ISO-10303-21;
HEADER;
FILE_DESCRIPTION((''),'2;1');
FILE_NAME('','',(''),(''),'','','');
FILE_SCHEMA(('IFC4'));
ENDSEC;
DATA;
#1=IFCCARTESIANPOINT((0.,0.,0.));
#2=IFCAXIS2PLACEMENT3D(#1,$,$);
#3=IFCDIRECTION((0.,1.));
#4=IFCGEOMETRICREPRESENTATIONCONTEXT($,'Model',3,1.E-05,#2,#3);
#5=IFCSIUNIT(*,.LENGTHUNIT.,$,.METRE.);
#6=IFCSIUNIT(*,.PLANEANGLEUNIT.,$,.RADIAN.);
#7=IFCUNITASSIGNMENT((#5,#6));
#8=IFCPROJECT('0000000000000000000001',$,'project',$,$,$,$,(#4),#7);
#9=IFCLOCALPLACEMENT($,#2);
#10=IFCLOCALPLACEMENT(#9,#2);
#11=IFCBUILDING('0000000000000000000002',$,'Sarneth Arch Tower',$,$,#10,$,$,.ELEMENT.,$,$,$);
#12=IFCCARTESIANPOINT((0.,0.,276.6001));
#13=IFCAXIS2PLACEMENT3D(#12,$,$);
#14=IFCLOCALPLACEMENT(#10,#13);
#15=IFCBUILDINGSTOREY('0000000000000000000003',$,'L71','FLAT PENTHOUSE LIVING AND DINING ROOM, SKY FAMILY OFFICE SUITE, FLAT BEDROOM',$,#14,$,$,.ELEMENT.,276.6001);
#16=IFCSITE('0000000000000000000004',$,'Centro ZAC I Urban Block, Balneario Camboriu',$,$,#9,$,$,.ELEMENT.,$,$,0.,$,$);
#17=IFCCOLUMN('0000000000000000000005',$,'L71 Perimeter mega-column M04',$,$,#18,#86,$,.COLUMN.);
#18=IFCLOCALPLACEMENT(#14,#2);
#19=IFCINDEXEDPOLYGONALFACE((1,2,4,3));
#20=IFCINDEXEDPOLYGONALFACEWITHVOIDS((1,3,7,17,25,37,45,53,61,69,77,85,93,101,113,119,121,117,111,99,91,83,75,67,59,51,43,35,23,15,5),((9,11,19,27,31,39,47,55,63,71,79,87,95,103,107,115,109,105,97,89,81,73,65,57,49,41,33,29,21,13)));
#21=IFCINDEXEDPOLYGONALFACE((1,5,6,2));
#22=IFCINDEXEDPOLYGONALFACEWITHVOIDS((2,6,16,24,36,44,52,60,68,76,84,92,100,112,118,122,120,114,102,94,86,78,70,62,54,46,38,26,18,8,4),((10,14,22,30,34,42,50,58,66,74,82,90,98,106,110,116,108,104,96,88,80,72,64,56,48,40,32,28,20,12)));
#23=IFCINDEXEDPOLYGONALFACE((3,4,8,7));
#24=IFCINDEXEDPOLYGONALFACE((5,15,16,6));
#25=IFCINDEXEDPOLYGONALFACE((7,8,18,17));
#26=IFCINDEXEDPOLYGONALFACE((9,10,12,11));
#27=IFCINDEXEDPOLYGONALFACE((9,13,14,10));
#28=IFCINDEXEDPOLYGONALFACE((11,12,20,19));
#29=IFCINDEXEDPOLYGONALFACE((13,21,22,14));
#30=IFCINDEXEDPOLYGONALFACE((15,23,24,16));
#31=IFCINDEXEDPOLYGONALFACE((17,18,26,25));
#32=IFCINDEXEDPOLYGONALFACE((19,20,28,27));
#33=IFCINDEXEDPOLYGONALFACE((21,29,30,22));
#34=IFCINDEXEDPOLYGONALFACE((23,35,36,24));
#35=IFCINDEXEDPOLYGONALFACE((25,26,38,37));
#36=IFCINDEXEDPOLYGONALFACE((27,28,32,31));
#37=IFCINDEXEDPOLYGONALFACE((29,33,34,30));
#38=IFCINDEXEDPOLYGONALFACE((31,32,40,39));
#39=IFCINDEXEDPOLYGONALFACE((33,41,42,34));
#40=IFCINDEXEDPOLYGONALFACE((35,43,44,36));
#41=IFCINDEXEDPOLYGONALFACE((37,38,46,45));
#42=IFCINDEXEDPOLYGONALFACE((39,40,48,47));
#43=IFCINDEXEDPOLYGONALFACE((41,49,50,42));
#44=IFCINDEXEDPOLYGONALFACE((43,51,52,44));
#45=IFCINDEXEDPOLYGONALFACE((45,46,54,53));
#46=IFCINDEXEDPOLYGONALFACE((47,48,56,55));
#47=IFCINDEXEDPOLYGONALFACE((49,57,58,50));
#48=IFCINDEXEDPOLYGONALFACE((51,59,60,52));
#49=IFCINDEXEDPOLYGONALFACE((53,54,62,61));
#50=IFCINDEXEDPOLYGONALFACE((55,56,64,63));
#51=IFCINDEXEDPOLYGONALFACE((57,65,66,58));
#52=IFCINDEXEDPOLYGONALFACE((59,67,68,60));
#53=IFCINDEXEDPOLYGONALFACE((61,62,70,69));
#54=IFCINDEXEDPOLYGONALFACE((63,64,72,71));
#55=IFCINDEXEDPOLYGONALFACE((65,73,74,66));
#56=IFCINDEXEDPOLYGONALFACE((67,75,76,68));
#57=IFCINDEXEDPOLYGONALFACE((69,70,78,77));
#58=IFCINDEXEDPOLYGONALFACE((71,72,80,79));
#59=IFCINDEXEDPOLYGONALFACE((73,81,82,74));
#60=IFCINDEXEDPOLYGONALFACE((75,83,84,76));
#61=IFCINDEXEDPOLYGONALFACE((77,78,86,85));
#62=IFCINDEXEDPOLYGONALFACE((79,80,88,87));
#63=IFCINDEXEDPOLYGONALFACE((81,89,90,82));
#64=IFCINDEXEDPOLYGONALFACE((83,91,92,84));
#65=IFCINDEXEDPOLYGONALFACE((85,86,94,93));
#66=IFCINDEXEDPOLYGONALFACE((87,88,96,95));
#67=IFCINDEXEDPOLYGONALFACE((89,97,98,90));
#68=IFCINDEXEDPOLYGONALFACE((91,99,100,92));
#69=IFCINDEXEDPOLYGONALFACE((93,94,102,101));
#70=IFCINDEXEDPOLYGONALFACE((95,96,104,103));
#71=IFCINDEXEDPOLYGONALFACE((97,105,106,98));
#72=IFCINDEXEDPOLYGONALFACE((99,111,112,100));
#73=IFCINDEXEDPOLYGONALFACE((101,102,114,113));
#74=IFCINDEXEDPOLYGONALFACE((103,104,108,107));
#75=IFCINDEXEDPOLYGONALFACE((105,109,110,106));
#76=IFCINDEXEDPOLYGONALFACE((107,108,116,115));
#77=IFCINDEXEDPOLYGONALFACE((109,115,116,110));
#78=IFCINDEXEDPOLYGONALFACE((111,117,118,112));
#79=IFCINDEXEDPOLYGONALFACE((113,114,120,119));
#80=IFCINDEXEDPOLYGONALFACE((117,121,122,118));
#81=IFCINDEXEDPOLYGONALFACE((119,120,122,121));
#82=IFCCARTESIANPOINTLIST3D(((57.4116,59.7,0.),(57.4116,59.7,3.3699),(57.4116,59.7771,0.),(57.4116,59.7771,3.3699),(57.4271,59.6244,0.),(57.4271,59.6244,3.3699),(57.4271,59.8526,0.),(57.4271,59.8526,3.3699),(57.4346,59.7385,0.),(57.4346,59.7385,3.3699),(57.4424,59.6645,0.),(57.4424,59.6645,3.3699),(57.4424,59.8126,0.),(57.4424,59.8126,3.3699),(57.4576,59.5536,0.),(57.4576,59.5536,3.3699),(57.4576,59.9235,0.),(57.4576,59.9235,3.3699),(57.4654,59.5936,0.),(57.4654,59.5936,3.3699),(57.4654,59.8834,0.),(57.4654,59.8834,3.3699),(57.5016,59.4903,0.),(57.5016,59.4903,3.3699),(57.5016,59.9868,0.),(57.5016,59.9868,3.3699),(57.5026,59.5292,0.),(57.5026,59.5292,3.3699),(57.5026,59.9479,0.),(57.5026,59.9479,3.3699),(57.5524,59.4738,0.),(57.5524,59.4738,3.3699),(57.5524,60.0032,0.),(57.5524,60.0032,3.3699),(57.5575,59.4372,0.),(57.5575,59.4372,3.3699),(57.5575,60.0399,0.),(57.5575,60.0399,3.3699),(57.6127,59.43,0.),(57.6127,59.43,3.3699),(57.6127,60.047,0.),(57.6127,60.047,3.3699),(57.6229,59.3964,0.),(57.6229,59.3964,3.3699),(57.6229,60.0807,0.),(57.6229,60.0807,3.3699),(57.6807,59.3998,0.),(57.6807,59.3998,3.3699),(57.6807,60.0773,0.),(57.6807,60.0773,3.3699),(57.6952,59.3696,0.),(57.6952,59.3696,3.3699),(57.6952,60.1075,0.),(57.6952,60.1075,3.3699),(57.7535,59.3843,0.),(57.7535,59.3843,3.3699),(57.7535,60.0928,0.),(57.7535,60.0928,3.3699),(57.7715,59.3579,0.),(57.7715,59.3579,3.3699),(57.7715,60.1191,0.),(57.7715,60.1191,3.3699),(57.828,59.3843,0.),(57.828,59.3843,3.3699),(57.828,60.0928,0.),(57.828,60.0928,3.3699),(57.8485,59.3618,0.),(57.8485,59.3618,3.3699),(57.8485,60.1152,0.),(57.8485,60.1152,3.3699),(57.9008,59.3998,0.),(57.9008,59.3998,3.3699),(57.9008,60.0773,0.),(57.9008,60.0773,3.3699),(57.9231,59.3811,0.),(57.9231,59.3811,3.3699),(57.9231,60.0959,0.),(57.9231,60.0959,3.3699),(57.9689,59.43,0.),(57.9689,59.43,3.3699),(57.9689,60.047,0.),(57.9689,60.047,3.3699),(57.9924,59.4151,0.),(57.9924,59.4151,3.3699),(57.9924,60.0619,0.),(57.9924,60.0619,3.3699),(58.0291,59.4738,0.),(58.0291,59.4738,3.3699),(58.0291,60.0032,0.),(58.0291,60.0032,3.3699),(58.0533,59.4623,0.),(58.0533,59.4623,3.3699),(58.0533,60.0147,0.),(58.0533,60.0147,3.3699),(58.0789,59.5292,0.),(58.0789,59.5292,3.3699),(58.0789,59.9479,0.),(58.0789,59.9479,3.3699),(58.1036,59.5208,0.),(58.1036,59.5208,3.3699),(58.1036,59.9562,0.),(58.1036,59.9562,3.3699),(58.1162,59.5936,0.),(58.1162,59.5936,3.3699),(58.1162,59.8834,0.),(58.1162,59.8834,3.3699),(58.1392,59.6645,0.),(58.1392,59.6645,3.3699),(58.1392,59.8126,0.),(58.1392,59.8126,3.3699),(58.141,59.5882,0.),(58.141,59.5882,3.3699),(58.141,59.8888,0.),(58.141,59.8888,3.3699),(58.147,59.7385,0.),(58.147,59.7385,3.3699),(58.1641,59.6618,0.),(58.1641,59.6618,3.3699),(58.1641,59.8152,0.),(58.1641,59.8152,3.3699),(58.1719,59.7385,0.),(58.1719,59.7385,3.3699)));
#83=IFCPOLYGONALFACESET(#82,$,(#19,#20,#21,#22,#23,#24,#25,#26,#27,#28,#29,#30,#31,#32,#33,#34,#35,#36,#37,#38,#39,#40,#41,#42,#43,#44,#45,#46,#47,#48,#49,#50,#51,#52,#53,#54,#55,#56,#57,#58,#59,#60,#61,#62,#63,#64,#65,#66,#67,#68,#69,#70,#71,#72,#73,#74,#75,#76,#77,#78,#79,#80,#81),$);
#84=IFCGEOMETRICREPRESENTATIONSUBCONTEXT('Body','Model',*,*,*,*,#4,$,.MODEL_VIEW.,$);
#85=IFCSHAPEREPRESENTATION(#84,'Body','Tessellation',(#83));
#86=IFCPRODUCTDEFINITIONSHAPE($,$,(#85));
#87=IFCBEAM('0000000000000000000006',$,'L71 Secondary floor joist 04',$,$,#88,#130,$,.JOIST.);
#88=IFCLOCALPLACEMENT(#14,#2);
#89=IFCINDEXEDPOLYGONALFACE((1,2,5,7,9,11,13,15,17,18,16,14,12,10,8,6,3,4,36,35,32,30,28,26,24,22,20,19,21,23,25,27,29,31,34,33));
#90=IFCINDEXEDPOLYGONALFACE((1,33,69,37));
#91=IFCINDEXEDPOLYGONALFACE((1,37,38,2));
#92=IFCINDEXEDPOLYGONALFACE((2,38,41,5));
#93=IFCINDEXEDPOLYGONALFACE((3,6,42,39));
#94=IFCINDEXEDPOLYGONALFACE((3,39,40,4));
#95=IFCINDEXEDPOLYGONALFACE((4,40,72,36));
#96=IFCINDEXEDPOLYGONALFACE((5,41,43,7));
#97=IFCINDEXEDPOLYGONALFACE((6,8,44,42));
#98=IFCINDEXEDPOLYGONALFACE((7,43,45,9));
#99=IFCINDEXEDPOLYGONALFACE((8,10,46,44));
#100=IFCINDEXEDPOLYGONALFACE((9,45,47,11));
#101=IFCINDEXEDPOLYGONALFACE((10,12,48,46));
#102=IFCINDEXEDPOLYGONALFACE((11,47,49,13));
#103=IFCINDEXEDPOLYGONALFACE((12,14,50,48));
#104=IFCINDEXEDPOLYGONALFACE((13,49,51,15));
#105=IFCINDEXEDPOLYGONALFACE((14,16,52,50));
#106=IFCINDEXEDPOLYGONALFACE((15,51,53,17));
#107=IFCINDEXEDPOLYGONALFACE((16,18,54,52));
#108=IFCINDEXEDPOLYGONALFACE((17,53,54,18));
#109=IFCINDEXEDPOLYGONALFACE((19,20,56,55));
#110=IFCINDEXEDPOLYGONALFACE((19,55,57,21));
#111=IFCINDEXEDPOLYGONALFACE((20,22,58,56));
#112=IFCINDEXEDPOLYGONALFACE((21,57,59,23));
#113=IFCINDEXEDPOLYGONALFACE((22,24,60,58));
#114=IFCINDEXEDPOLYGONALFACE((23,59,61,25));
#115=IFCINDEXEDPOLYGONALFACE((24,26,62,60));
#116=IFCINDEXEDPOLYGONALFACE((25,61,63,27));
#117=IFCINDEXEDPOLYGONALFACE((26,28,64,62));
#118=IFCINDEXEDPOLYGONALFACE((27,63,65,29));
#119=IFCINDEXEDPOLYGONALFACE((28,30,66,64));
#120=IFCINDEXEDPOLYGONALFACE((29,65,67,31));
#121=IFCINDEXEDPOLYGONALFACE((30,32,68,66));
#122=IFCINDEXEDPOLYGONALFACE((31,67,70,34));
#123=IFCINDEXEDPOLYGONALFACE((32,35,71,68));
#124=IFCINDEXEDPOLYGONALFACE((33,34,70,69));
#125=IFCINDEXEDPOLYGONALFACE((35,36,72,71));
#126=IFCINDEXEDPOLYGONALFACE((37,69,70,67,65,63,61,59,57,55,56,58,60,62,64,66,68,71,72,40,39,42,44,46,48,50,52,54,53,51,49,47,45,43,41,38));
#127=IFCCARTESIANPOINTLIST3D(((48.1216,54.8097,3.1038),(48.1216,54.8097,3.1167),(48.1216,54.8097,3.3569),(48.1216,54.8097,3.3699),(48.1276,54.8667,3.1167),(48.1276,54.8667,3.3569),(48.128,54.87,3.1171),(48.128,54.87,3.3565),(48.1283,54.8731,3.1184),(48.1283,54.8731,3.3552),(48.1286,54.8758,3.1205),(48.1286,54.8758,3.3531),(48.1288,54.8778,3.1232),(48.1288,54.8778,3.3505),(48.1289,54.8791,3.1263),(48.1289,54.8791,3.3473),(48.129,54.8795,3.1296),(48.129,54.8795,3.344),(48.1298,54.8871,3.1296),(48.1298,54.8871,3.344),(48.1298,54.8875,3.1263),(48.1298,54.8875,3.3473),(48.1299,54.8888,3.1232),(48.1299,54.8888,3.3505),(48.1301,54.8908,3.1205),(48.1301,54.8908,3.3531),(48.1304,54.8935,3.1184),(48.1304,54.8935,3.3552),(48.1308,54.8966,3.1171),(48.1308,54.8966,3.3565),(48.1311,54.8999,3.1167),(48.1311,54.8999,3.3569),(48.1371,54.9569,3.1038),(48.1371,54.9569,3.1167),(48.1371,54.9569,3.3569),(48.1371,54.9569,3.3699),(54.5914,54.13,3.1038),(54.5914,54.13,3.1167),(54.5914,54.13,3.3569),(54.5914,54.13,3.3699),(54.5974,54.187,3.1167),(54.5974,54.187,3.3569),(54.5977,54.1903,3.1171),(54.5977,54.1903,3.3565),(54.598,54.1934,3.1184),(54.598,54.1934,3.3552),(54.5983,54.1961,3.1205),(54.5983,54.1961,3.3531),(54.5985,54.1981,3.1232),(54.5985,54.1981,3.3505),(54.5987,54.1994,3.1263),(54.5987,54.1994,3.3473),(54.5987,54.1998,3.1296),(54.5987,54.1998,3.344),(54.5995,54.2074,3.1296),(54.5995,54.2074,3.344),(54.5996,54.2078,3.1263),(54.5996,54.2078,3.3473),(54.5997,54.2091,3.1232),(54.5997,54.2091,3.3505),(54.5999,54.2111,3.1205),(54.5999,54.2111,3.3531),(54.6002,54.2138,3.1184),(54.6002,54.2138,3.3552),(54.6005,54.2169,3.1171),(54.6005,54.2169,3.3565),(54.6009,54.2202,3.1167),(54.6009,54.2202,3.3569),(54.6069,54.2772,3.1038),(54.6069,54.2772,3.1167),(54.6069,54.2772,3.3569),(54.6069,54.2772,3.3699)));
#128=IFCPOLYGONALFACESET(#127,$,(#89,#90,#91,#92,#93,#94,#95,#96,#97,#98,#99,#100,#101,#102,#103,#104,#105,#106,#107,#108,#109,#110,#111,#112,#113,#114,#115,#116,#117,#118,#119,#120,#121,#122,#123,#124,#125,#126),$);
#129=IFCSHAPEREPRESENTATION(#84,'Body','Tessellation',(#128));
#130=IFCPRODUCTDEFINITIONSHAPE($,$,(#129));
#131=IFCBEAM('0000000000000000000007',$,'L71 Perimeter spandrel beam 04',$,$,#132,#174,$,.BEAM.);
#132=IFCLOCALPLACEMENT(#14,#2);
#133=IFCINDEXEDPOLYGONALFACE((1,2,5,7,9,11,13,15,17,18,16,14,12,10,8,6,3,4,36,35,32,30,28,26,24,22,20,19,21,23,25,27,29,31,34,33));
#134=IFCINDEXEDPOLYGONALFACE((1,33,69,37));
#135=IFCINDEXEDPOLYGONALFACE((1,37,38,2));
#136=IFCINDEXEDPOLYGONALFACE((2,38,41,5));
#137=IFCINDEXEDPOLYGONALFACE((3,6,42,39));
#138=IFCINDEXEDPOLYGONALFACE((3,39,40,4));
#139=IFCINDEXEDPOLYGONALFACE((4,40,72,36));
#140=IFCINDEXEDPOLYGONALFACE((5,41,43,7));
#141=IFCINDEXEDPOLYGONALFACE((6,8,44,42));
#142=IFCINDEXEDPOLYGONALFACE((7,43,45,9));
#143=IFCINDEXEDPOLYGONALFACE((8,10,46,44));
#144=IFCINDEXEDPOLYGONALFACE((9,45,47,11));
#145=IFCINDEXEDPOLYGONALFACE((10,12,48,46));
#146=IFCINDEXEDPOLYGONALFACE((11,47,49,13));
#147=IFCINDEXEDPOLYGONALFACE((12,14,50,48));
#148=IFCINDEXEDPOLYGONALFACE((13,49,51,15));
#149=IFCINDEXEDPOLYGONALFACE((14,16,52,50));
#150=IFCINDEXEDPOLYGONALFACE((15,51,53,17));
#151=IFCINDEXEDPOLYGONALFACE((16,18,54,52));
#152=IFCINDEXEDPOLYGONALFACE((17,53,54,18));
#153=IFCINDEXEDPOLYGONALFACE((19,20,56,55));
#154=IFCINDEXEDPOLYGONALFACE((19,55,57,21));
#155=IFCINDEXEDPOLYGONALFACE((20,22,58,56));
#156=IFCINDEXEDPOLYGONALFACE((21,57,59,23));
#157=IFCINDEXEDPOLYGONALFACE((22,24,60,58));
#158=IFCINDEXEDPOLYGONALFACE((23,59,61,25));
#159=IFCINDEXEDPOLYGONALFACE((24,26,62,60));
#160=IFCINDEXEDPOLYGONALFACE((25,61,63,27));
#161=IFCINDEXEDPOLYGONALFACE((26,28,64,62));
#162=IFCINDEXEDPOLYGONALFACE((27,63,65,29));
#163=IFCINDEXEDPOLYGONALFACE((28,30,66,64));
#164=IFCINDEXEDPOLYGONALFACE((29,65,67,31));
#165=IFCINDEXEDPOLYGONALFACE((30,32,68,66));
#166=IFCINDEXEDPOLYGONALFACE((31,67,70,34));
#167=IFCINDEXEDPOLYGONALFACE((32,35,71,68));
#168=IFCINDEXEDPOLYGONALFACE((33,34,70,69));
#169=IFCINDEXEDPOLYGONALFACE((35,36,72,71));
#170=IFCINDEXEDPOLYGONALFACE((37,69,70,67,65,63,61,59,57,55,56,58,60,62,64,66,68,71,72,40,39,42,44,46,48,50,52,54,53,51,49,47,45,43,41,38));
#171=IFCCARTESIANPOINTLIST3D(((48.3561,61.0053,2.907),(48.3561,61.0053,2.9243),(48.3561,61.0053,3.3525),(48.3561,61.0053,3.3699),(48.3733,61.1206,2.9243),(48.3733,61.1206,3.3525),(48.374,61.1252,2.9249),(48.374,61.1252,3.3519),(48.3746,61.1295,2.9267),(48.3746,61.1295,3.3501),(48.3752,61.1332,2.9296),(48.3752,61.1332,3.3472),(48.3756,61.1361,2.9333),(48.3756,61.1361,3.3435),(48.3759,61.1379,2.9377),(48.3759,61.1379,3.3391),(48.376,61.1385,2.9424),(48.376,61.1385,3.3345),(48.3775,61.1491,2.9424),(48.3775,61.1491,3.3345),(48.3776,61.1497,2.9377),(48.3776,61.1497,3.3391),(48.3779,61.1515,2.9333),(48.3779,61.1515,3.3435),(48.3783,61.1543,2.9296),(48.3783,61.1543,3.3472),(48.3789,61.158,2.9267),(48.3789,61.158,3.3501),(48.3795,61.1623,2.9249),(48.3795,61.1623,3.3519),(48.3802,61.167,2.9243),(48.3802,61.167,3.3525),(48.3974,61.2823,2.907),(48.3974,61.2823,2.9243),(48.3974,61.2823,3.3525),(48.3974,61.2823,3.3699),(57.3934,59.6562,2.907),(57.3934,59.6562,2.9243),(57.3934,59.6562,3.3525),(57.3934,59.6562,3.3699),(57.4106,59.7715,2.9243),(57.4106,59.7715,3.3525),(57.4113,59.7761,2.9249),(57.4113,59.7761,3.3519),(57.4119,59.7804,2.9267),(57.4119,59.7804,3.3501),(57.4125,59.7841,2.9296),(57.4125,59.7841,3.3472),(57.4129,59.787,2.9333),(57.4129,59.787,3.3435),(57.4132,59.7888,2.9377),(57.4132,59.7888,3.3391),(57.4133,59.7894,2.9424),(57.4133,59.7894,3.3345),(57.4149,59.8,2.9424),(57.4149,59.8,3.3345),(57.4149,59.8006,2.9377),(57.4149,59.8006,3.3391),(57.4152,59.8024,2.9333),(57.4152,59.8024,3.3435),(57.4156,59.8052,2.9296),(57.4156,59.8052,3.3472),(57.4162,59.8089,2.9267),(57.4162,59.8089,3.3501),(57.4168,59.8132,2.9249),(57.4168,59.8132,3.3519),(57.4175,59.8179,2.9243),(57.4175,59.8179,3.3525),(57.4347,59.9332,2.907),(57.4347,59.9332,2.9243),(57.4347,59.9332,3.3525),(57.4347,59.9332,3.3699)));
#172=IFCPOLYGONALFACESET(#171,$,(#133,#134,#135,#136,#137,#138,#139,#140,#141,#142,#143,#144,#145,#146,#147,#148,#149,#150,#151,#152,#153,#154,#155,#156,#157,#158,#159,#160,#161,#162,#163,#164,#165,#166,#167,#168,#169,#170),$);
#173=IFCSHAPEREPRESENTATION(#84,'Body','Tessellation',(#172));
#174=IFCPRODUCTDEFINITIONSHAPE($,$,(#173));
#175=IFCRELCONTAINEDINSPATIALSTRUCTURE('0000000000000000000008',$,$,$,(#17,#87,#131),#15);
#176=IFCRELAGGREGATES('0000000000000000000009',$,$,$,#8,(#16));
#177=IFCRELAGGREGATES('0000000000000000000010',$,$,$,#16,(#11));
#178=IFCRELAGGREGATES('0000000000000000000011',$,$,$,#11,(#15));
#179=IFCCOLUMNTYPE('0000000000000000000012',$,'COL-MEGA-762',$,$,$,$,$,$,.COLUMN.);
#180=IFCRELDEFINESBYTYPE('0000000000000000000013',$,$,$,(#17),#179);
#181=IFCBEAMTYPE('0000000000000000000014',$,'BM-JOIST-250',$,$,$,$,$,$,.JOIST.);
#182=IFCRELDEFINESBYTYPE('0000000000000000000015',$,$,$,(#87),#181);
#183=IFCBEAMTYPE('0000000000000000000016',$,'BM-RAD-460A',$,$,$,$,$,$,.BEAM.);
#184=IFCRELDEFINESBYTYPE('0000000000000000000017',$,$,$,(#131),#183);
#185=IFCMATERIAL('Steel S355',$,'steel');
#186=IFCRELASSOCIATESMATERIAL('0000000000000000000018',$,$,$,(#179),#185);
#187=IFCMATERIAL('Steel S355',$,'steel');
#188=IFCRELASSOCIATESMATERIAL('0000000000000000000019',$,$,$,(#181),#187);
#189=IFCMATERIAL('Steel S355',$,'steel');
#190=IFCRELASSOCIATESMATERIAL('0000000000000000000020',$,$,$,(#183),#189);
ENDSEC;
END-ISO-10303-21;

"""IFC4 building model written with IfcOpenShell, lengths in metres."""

from ifc_helpers import new_model, si_unit, direction, frame, origin, origin_2d, place, context, subcontext, project, spatial, hollow_circle, i_section, extrude, material, material_profile, profile_set, type_object, element, save


model = new_model("IFC4")

# Units and contexts
model_context = context("Model", 3, precision=1e-05, world=origin(), true_north=direction((0.0, 1.0)))
body_context = subcontext(model_context, "Body", "Model", "MODEL_VIEW")
ifc_project = project(units=[si_unit("LENGTHUNIT", "METRE"), si_unit("PLANEANGLEUNIT", "RADIAN")], contexts=[model_context])

# Site, building, storey
site_placement = place(None, origin())
site = spatial("IfcSite", under=ifc_project, at=site_placement, Name="Centro ZAC I Urban Block, Balneario Camboriu", CompositionType="ELEMENT", RefElevation=0.0)
building_placement = place(site_placement, origin())
building = spatial("IfcBuilding", under=site, at=building_placement, Name="Sarneth Arch Tower", CompositionType="ELEMENT")
storey_placement = place(building_placement, frame((0.0, 0.0, 276.6001)))
storey = spatial("IfcBuildingStorey", under=building, at=storey_placement, Name="L71", Description="FLAT PENTHOUSE LIVING AND DINING ROOM, SKY FAMILY OFFICE SUITE, FLAT BEDROOM", CompositionType="ELEMENT", Elevation=276.6001)

# Column
ifc_material_1 = material(Name="Steel S355", Category="steel")
ifc_material_profile_1 = material_profile(ifc_material_1, hollow_circle(Radius=0.3811, WallThickness=0.0249, at=origin_2d()), Name="CHS762x25")
ifc_profile_set_1 = profile_set([ifc_material_profile_1], Name="Steel S355")
column_type = type_object("IfcColumnType", Name="COL-MEGA-762", PredefinedType="COLUMN", material=ifc_profile_set_1)
column_placement = place(storey_placement, frame((57.7908, 59.7385, 0.0), z_axis=(0.0, 0.0, 1.0), x_axis=(1.0, 0.0, 0.0)))
element("IfcColumn", 1, at=column_placement, inside=storey, type_object=column_type, Name="L71 Perimeter mega-column M04", PredefinedType="COLUMN", context=body_context, shape_type="SweptSolid", body=[
    extrude(hollow_circle(Radius=0.3811, WallThickness=0.0249, at=origin_2d()), origin(), (0.0, 0.0, 1.0), 3.3699),
])

# Beams
ifc_material_2 = material(Name="Steel S355", Category="steel")
ifc_material_profile_2 = material_profile(ifc_material_2, i_section(OverallWidth=0.1479, OverallDepth=0.2661, WebThickness=0.0076, FlangeThickness=0.0129, FilletRadius=0.0129, at=origin_2d()), Name="W250x44.8")
ifc_profile_set_2 = profile_set([ifc_material_profile_2], Name="Steel S355")
beam_type_1 = type_object("IfcBeamType", Name="BM-JOIST-250", PredefinedType="JOIST", material=ifc_profile_set_2)
beam_1_placement = place(storey_placement, frame((54.5991, 54.2036, 3.2368), z_axis=(-0.994527, 0.104482, 0.0), x_axis=(-0.104482, -0.994527, 0.0)))
element("IfcBeam", 2, at=beam_1_placement, inside=storey, type_object=beam_type_1, Name="L71 Secondary floor joist 04", PredefinedType="JOIST", context=body_context, shape_type="SweptSolid", body=[
    extrude(i_section(OverallWidth=0.1479, OverallDepth=0.2661, WebThickness=0.0076, FlangeThickness=0.0129, FilletRadius=0.0129, at=origin_2d()), origin(), (0.0, 0.0, 1.0), 6.5054),
])
ifc_material_3 = material(Name="Steel S355", Category="steel")
ifc_material_profile_3 = material_profile(ifc_material_3, i_section(OverallWidth=0.28, OverallDepth=0.4629, WebThickness=0.0107, FlangeThickness=0.0173, FilletRadius=0.0181, at=origin_2d()), Name="W460x113")
ifc_profile_set_3 = profile_set([ifc_material_profile_3], Name="Steel S355")
beam_type_2 = type_object("IfcBeamType", Name="BM-RAD-460A", PredefinedType="BEAM", material=ifc_profile_set_3)
beam_2_placement = place(storey_placement, frame((57.4141, 59.7947, 3.1384), z_axis=(-0.98904, 0.147647, 0.0), x_axis=(-0.147647, -0.98904, 0.0)))
element("IfcBeam", 3, at=beam_2_placement, inside=storey, type_object=beam_type_2, Name="L71 Perimeter spandrel beam 04", PredefinedType="BEAM", context=body_context, shape_type="SweptSolid", body=[
    extrude(i_section(OverallWidth=0.28, OverallDepth=0.4629, WebThickness=0.0107, FlangeThickness=0.0173, FilletRadius=0.0181, at=origin_2d()), origin(), (0.0, 0.0, 1.0), 9.1375),
])

save(model, "model.ifc")
